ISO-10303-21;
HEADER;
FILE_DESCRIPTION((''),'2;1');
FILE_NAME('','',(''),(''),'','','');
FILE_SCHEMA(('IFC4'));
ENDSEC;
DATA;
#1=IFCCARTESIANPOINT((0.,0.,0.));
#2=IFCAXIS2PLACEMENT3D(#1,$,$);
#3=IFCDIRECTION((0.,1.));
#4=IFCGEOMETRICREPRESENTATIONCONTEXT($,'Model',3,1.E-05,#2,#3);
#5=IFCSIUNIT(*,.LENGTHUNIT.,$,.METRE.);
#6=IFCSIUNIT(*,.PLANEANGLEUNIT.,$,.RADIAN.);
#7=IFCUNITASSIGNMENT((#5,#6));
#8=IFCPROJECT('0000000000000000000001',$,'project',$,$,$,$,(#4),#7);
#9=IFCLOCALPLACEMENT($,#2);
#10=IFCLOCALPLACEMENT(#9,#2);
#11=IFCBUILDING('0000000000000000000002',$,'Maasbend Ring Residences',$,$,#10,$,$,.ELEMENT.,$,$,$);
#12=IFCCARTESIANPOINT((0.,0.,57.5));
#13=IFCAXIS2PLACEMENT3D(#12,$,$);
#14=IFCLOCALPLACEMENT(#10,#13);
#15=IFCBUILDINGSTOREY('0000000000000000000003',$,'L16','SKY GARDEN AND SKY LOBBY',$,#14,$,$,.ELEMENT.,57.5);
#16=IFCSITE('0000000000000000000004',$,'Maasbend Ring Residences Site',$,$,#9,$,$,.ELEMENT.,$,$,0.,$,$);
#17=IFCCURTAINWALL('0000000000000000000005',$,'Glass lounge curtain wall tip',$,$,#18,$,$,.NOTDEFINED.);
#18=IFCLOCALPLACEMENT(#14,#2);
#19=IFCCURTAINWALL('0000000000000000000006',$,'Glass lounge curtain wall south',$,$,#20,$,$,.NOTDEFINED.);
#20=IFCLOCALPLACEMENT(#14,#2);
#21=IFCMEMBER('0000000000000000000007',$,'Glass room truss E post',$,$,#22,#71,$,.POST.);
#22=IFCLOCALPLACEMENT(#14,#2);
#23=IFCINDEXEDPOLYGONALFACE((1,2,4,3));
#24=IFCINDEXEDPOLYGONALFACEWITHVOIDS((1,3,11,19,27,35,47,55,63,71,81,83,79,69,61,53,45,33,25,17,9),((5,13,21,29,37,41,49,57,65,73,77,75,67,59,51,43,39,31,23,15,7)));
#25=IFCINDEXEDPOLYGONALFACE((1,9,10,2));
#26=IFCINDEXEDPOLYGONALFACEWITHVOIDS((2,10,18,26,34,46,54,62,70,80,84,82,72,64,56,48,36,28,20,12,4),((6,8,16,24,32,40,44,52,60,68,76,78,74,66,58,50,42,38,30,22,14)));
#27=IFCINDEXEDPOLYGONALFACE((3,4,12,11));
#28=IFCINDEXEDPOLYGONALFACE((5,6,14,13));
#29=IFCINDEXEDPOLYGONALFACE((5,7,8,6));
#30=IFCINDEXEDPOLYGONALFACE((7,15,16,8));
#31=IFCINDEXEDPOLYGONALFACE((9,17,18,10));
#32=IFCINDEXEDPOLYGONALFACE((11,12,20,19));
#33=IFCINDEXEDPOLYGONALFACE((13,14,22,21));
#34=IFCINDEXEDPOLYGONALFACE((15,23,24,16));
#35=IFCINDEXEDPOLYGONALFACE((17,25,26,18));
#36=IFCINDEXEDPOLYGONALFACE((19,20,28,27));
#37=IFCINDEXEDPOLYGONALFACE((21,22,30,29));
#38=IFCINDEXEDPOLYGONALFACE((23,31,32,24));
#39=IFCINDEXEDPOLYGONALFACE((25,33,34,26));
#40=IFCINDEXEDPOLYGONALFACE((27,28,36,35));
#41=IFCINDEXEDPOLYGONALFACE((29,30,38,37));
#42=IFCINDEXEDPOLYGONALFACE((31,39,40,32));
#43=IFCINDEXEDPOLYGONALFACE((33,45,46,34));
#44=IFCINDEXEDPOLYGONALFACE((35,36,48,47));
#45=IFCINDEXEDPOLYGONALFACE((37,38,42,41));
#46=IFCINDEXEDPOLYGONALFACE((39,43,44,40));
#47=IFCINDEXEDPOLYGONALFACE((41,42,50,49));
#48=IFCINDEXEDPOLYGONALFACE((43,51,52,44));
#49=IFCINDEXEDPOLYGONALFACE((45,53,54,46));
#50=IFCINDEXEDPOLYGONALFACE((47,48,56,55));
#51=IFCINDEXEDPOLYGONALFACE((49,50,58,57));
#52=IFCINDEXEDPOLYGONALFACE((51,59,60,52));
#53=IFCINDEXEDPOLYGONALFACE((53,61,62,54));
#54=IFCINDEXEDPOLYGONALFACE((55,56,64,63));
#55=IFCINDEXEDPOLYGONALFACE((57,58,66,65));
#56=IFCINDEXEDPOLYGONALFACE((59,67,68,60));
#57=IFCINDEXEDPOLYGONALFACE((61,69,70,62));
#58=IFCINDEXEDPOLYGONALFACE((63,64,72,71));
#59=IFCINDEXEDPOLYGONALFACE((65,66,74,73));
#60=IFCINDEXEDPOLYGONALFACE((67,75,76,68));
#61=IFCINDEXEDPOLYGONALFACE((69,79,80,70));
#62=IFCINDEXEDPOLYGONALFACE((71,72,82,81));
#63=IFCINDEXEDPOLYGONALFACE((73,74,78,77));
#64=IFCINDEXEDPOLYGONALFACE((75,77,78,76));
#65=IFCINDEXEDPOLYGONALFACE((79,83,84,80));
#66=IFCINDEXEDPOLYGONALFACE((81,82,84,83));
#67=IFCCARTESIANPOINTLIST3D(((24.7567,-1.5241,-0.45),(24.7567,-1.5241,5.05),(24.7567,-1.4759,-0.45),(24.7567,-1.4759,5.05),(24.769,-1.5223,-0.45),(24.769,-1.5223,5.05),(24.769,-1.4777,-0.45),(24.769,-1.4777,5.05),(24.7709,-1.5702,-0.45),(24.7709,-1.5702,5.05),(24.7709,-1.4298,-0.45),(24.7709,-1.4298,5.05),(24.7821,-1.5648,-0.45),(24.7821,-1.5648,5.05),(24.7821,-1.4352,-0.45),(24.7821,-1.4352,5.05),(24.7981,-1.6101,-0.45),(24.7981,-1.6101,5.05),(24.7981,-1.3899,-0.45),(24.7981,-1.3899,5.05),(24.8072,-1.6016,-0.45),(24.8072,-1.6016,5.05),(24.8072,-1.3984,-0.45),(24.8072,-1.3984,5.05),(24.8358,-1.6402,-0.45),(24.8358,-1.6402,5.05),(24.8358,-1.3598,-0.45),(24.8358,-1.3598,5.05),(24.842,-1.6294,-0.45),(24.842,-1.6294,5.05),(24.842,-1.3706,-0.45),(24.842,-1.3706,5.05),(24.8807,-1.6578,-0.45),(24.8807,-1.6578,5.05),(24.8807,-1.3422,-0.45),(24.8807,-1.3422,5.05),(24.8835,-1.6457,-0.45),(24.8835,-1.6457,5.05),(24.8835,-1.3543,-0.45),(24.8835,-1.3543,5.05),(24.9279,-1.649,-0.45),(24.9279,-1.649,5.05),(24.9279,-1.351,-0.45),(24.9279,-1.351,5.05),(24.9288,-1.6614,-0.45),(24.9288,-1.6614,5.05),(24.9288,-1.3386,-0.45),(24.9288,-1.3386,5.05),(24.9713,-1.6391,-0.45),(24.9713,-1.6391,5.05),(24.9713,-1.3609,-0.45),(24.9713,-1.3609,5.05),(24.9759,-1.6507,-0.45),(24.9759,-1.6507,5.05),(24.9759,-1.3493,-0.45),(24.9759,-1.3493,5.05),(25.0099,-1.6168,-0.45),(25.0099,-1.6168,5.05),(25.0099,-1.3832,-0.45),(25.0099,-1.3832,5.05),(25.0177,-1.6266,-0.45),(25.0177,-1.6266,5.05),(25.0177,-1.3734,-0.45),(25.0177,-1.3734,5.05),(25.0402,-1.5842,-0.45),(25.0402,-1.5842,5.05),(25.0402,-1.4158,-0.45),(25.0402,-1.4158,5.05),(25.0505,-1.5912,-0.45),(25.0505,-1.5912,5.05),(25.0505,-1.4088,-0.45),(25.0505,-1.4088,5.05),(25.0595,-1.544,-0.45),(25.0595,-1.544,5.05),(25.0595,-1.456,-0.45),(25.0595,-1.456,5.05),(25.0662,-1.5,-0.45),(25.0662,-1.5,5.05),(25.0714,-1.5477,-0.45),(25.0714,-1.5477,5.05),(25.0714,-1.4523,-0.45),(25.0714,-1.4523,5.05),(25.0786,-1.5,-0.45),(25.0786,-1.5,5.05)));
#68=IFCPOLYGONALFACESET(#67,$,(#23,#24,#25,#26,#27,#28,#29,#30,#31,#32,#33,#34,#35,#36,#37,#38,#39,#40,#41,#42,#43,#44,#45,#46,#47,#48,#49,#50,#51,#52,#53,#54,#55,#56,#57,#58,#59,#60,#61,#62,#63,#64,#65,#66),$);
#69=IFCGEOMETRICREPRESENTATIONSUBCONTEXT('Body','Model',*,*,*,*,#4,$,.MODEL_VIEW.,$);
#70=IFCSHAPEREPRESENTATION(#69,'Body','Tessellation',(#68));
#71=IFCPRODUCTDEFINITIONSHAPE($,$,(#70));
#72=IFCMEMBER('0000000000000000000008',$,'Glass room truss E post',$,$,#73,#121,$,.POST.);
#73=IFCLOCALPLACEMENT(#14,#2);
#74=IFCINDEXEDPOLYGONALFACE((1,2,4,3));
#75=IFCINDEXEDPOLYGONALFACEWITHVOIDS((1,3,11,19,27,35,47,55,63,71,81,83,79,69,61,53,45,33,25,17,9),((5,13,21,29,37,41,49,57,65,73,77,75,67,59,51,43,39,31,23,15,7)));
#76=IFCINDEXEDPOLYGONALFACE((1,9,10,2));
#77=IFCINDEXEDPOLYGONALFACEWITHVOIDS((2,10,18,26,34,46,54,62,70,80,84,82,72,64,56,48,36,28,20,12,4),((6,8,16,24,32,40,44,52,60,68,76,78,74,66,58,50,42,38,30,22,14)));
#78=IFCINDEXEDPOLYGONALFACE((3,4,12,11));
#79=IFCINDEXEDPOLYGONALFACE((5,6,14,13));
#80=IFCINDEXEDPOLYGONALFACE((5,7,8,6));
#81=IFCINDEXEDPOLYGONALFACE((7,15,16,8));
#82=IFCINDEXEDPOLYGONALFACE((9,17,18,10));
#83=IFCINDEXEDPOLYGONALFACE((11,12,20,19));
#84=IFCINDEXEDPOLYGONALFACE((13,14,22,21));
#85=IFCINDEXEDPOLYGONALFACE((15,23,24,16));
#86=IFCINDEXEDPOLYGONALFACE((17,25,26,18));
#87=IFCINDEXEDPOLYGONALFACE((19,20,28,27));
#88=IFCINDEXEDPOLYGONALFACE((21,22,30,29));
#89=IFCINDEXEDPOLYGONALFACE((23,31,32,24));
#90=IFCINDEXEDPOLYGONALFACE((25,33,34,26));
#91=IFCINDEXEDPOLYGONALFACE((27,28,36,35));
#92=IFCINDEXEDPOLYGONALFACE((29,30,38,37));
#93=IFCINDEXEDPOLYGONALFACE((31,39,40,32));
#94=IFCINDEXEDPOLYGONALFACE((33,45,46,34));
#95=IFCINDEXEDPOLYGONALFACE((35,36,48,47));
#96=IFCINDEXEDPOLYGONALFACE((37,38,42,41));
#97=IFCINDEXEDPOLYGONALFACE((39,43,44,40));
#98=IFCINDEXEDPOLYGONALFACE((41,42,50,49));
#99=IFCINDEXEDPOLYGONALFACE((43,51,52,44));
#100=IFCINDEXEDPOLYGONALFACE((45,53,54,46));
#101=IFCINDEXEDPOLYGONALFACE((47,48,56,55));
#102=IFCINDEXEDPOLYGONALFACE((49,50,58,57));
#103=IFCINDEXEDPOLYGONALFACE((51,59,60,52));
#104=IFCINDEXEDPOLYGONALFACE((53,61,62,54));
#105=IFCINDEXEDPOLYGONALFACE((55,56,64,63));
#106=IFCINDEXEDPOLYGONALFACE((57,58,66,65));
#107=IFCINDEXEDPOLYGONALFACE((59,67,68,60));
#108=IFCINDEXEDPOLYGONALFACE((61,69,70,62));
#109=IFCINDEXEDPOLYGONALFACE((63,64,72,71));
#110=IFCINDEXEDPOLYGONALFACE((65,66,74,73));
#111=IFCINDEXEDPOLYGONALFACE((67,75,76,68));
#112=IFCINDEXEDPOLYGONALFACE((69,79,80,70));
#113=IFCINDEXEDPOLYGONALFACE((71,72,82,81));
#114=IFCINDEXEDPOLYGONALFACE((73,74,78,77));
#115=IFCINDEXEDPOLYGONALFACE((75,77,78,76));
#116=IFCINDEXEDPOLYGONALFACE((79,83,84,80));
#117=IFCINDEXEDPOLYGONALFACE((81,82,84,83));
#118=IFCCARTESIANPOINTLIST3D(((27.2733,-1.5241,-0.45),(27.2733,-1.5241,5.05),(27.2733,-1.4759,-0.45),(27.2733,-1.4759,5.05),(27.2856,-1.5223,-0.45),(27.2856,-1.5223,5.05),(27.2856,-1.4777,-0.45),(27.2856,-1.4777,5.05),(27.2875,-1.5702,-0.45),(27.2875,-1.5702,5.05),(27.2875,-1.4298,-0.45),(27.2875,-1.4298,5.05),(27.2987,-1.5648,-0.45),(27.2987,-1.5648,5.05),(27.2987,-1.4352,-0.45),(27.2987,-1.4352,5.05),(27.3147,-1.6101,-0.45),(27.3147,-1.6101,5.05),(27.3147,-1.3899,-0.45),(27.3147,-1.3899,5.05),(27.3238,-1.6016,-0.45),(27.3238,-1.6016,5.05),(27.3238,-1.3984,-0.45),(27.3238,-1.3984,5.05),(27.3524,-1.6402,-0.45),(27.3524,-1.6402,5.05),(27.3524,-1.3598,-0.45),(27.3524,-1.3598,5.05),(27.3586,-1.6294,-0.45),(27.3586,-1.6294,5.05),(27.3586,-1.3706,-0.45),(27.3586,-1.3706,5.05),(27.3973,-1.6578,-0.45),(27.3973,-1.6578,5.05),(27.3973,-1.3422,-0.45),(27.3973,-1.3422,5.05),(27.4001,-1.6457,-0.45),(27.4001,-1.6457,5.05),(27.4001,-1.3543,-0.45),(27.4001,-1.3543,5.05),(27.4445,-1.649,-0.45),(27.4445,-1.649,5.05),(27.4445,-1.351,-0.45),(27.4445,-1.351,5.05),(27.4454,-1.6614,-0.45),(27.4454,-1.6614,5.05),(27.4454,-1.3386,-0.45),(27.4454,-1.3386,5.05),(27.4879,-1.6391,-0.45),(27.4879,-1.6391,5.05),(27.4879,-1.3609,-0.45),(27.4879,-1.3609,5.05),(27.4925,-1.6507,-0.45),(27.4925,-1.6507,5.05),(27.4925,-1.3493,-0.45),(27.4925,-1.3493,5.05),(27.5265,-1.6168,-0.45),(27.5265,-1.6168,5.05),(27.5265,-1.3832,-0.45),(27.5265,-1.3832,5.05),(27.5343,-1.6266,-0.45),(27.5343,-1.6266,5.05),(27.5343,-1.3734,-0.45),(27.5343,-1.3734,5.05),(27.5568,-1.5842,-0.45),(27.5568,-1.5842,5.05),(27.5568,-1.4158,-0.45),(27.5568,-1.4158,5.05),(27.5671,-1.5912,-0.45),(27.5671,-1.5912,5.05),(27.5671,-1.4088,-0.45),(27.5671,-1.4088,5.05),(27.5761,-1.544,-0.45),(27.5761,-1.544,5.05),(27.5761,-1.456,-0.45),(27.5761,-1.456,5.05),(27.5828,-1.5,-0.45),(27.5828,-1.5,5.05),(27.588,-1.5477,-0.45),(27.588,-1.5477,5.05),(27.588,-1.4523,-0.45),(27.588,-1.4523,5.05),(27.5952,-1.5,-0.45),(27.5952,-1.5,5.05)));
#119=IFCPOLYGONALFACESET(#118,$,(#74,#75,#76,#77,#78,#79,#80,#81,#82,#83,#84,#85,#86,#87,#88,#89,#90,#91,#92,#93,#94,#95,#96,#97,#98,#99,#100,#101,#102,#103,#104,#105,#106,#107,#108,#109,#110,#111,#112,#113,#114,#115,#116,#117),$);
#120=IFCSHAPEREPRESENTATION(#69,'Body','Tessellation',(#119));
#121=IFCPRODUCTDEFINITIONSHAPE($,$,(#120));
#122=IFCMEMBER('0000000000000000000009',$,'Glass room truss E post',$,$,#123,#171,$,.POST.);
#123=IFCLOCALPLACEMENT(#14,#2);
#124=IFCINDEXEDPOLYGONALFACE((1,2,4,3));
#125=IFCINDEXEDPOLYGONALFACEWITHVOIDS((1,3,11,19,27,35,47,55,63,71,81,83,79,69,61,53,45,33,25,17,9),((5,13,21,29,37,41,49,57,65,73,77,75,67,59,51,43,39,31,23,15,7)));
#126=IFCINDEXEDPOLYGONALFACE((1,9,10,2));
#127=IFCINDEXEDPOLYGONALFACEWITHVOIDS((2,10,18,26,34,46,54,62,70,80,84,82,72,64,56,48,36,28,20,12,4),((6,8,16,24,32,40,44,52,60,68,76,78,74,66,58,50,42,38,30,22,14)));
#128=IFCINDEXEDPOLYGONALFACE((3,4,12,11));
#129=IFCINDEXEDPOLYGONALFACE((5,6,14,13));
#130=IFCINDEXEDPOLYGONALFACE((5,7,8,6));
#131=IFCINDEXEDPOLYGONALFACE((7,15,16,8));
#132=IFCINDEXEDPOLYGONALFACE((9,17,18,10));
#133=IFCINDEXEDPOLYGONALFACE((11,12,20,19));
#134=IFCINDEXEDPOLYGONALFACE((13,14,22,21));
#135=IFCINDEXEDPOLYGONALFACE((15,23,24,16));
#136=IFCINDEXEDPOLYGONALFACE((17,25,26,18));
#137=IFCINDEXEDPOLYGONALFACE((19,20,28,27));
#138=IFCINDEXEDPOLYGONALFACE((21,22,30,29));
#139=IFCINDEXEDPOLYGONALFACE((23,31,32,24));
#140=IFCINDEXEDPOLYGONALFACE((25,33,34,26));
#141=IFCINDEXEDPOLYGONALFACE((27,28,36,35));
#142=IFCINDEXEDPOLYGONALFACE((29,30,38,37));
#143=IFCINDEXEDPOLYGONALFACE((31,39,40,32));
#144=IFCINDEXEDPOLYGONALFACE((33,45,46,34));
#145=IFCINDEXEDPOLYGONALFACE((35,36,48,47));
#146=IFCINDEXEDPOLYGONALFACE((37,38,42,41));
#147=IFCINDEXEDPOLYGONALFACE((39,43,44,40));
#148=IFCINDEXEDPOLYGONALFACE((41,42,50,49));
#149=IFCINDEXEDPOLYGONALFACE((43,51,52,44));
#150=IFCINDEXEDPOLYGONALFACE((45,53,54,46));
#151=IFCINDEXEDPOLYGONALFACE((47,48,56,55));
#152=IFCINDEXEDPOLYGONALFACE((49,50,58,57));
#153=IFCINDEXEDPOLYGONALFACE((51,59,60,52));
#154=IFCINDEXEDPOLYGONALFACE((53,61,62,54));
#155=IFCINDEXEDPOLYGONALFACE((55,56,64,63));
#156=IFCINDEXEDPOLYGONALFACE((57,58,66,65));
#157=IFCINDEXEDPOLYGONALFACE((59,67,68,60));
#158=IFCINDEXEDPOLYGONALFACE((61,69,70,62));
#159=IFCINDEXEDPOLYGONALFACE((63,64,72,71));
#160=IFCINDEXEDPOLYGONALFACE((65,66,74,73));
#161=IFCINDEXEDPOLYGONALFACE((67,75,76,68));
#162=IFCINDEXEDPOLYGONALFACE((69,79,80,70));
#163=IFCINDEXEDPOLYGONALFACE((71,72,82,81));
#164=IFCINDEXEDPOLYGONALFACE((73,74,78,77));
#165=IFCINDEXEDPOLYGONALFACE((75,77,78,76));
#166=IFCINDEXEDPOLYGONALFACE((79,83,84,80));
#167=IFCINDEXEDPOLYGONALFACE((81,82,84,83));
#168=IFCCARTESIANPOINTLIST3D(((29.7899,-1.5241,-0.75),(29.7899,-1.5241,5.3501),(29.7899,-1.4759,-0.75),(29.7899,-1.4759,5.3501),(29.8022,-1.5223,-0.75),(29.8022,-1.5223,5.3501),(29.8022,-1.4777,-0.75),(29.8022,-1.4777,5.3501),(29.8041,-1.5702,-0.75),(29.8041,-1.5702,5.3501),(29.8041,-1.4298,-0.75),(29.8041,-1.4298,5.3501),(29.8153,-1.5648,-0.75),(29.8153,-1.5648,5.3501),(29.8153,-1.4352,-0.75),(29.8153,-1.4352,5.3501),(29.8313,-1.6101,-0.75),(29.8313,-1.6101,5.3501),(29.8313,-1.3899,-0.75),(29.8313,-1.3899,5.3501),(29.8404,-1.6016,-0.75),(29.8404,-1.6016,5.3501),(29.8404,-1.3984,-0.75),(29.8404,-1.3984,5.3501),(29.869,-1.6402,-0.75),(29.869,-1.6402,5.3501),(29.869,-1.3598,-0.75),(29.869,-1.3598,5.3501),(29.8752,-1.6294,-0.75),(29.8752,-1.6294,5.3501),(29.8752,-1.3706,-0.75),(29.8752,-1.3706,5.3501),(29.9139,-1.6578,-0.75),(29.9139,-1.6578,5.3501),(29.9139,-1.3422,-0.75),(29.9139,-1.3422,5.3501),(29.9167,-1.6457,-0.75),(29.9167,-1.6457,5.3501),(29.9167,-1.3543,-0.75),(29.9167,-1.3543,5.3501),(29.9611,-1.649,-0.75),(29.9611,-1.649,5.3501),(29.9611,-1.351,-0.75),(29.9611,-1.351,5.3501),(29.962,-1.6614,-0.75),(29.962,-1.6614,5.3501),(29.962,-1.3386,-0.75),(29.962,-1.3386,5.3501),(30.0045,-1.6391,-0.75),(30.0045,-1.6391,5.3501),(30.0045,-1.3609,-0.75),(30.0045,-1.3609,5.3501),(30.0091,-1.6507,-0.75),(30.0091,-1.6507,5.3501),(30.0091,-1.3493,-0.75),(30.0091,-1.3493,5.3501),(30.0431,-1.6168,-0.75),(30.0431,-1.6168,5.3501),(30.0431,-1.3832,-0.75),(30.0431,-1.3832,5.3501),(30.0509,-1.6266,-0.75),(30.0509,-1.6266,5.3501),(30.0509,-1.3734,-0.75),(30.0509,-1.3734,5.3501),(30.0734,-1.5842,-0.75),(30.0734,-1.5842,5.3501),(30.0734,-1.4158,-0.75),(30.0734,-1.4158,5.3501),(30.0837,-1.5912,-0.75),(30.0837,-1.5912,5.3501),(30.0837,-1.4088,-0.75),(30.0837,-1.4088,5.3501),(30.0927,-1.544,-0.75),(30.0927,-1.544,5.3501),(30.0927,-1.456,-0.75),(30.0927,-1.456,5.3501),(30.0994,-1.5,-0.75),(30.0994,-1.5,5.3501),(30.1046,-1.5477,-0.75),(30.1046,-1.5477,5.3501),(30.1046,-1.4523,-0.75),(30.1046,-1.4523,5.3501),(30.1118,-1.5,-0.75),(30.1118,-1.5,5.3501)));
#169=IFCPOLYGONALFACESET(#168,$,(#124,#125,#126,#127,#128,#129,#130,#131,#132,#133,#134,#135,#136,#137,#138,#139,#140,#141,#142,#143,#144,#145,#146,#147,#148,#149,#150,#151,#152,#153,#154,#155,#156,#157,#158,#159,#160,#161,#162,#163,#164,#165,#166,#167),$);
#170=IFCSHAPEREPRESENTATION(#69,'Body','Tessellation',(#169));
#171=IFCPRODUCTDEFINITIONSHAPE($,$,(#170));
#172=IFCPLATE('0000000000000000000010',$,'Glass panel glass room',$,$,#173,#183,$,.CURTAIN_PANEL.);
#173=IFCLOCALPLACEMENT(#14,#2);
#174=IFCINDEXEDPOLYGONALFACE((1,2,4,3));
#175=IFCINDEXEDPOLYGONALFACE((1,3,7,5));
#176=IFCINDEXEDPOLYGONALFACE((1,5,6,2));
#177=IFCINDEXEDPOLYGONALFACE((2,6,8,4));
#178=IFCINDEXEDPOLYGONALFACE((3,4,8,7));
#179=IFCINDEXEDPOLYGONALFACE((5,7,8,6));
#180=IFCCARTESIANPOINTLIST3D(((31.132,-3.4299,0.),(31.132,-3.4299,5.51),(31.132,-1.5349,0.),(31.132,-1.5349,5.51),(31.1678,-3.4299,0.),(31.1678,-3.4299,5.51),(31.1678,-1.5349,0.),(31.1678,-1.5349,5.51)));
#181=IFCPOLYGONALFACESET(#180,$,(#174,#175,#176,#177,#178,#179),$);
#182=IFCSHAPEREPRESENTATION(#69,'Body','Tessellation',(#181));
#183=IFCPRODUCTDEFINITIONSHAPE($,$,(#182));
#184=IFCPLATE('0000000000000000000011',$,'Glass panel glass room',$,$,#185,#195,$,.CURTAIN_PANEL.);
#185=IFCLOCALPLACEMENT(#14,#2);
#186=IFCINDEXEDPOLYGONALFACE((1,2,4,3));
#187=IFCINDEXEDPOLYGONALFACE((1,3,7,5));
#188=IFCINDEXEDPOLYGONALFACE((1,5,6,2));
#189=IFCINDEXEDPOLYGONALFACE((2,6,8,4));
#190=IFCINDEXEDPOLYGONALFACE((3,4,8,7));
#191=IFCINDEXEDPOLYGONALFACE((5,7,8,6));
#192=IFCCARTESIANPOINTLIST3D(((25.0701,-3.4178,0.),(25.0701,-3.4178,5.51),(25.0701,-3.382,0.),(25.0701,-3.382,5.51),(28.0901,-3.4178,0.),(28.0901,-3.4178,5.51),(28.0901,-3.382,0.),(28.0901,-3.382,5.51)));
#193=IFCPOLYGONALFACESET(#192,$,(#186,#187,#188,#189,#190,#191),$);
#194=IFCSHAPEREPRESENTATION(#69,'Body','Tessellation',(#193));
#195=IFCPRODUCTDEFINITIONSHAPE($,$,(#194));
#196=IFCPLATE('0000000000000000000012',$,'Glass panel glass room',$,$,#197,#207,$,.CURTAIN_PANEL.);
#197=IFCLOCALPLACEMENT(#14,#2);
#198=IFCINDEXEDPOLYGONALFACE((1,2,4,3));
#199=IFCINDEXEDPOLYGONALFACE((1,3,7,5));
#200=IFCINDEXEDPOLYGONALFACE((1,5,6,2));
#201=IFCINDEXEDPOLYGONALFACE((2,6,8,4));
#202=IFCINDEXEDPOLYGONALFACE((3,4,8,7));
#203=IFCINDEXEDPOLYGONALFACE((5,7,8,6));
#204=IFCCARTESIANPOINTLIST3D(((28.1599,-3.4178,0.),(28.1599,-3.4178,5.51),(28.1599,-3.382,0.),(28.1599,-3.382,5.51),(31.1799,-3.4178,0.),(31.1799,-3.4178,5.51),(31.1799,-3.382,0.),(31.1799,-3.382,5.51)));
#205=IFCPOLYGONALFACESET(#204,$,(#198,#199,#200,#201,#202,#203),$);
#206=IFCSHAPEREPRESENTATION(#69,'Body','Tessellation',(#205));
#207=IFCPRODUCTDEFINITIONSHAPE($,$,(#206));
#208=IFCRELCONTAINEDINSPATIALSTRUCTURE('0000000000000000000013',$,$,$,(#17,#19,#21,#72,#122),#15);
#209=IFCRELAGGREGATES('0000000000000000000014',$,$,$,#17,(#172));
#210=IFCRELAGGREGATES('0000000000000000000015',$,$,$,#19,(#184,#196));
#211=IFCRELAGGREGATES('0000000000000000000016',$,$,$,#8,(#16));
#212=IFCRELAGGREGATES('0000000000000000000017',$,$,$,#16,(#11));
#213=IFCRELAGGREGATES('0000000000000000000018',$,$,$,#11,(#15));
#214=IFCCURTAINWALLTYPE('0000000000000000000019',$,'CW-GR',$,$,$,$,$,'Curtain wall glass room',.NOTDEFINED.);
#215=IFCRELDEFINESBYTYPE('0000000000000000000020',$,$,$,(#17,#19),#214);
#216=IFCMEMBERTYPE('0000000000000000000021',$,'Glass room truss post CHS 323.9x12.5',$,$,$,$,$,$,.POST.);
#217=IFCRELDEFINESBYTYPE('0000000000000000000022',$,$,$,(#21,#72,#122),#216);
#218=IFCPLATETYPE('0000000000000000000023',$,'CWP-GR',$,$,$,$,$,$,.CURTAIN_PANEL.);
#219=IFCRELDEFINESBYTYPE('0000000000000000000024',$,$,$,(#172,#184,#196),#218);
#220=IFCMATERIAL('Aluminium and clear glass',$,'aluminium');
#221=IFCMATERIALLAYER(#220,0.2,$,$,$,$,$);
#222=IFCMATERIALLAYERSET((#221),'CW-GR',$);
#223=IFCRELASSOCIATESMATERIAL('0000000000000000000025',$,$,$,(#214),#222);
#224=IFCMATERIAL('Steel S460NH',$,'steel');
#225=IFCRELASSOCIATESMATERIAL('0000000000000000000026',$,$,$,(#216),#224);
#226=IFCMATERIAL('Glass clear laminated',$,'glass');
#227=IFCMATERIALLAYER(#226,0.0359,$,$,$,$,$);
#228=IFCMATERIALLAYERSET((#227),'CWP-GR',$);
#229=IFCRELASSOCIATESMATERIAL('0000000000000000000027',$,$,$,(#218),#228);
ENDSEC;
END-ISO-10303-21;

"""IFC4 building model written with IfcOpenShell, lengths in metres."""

from ifc_helpers import new_model, si_unit, direction, frame, origin, origin_2d, place, context, subcontext, project, spatial, rectangle, hollow_circle, extrude, material, layer, layer_set, material_profile, profile_set, type_object, element, aggregate, save


model = new_model("IFC4")

# Units and contexts
model_context = context("Model", 3, precision=1e-05, world=origin(), true_north=direction((0.0, 1.0)))
body_context = subcontext(model_context, "Body", "Model", "MODEL_VIEW")
ifc_project = project(units=[si_unit("LENGTHUNIT", "METRE"), si_unit("PLANEANGLEUNIT", "RADIAN")], contexts=[model_context])

# Site, building, storey
site_placement = place(None, origin())
site = spatial("IfcSite", under=ifc_project, at=site_placement, Name="Maasbend Ring Residences Site", CompositionType="ELEMENT", RefElevation=0.0)
building_placement = place(site_placement, origin())
building = spatial("IfcBuilding", under=site, at=building_placement, Name="Maasbend Ring Residences", CompositionType="ELEMENT")
storey_placement = place(building_placement, frame((0.0, 0.0, 57.5)))
storey = spatial("IfcBuildingStorey", under=building, at=storey_placement, Name="L16", Description="SKY GARDEN AND SKY LOBBY", CompositionType="ELEMENT", Elevation=57.5)

# Curtain wall
ifc_material_1 = material(Name="Aluminium and clear glass", Category="aluminium")
ifc_layer_1 = layer(ifc_material_1, 0.2)
ifc_layer_set_1 = layer_set([ifc_layer_1], Name="CW-GR")
curtain_wall_type = type_object("IfcCurtainWallType", Name="CW-GR", ElementType="Curtain wall glass room", PredefinedType="NOTDEFINED", material=ifc_layer_set_1)
curtain_wall_1_placement = place(storey_placement, origin())
curtain_wall_1 = element("IfcCurtainWall", 1, at=curtain_wall_1_placement, inside=storey, type_object=curtain_wall_type, Name="Glass lounge curtain wall tip", PredefinedType="NOTDEFINED")

# Curtain wall
curtain_wall_2_placement = place(storey_placement, origin())
curtain_wall_2 = element("IfcCurtainWall", 2, at=curtain_wall_2_placement, inside=storey, type_object=curtain_wall_type, Name="Glass lounge curtain wall south", PredefinedType="NOTDEFINED")

# Members
ifc_material_2 = material(Name="Steel S460NH", Category="steel")
ifc_material_profile_1 = material_profile(ifc_material_2, hollow_circle(Radius=0.1619, WallThickness=0.0125, at=origin_2d()), Name="Glass room truss post CHS 323.9x12.5")
ifc_profile_set_1 = profile_set([ifc_material_profile_1], Name="Steel S460NH")
member_type_1 = type_object("IfcMemberType", Name="Glass room truss post CHS 323.9x12.5", PredefinedType="POST", material=ifc_profile_set_1)
for number, where, z_axis, x_axis, name in (
    (3, (24.9167, -1.5, -0.45), (0.0, 0.0, 1.0), (1.0, 0.0, 0.0), "Glass room truss E post"),
    (4, (27.4333, -1.5, -0.45), (0.0, 0.0, 1.0), (1.0, 0.0, 0.0), "Glass room truss E post"),
):
    element("IfcMember", number, at=place(storey_placement, frame(where, z_axis=z_axis, x_axis=x_axis)), inside=storey, type_object=member_type_1, Name=name, PredefinedType="POST", context=body_context, shape_type="SweptSolid", body=[
        extrude(hollow_circle(Radius=0.1619, WallThickness=0.0125, at=origin_2d()), origin(), (0.0, 0.0, 1.0), 5.5),
    ])
member_1_placement = place(storey_placement, frame((29.95, -1.5, -0.75), z_axis=(0.0, 0.0, 1.0), x_axis=(1.0, 0.0, 0.0)))
element("IfcMember", 5, at=member_1_placement, inside=storey, type_object=member_type_1, Name="Glass room truss E post", PredefinedType="POST", context=body_context, shape_type="SweptSolid", body=[
    extrude(hollow_circle(Radius=0.1619, WallThickness=0.0125, at=origin_2d()), origin(), (0.0, 0.0, 1.0), 6.1001),
])

# Plates
ifc_material_3 = material(Name="Glass clear laminated", Category="glass")
ifc_layer_2 = layer(ifc_material_3, 0.0359)
ifc_layer_set_2 = layer_set([ifc_layer_2], Name="CWP-GR")
plate_type = type_object("IfcPlateType", Name="CWP-GR", PredefinedType="CURTAIN_PANEL", material=ifc_layer_set_2)
plate_1_placement = place(storey_placement, frame((31.1499, -2.4824, 0.0), z_axis=(0.0, 0.0, 1.0), x_axis=(0.0, 1.0, 0.0)))
plate_1 = element("IfcPlate", 6, at=plate_1_placement, type_object=plate_type, Name="Glass panel glass room", PredefinedType="CURTAIN_PANEL", context=body_context, shape_type="SweptSolid", body=[
    extrude(rectangle(XDim=1.895, YDim=0.0359, at=origin_2d()), origin(), (0.0, 0.0, 1.0), 5.51),
])
aggregate(curtain_wall_1, [plate_1])
plate_2_placement = place(storey_placement, frame((26.5801, -3.3999, 0.0), z_axis=(0.0, 0.0, 1.0), x_axis=(1.0, 0.0, 0.0)))
plate_2 = element("IfcPlate", 7, at=plate_2_placement, type_object=plate_type, Name="Glass panel glass room", PredefinedType="CURTAIN_PANEL", context=body_context, shape_type="SweptSolid", body=[
    extrude(rectangle(XDim=3.02, YDim=0.0359, at=origin_2d()), origin(), (0.0, 0.0, 1.0), 5.51),
])
plate_3_placement = place(storey_placement, frame((29.6699, -3.3999, 0.0), z_axis=(0.0, 0.0, 1.0), x_axis=(1.0, 0.0, 0.0)))
plate_3 = element("IfcPlate", 8, at=plate_3_placement, type_object=plate_type, Name="Glass panel glass room", PredefinedType="CURTAIN_PANEL", context=body_context, shape_type="SweptSolid", body=[
    extrude(rectangle(XDim=3.02, YDim=0.0359, at=origin_2d()), origin(), (0.0, 0.0, 1.0), 5.51),
])
aggregate(curtain_wall_2, [plate_2, plate_3])

save(model, "model.ifc")
